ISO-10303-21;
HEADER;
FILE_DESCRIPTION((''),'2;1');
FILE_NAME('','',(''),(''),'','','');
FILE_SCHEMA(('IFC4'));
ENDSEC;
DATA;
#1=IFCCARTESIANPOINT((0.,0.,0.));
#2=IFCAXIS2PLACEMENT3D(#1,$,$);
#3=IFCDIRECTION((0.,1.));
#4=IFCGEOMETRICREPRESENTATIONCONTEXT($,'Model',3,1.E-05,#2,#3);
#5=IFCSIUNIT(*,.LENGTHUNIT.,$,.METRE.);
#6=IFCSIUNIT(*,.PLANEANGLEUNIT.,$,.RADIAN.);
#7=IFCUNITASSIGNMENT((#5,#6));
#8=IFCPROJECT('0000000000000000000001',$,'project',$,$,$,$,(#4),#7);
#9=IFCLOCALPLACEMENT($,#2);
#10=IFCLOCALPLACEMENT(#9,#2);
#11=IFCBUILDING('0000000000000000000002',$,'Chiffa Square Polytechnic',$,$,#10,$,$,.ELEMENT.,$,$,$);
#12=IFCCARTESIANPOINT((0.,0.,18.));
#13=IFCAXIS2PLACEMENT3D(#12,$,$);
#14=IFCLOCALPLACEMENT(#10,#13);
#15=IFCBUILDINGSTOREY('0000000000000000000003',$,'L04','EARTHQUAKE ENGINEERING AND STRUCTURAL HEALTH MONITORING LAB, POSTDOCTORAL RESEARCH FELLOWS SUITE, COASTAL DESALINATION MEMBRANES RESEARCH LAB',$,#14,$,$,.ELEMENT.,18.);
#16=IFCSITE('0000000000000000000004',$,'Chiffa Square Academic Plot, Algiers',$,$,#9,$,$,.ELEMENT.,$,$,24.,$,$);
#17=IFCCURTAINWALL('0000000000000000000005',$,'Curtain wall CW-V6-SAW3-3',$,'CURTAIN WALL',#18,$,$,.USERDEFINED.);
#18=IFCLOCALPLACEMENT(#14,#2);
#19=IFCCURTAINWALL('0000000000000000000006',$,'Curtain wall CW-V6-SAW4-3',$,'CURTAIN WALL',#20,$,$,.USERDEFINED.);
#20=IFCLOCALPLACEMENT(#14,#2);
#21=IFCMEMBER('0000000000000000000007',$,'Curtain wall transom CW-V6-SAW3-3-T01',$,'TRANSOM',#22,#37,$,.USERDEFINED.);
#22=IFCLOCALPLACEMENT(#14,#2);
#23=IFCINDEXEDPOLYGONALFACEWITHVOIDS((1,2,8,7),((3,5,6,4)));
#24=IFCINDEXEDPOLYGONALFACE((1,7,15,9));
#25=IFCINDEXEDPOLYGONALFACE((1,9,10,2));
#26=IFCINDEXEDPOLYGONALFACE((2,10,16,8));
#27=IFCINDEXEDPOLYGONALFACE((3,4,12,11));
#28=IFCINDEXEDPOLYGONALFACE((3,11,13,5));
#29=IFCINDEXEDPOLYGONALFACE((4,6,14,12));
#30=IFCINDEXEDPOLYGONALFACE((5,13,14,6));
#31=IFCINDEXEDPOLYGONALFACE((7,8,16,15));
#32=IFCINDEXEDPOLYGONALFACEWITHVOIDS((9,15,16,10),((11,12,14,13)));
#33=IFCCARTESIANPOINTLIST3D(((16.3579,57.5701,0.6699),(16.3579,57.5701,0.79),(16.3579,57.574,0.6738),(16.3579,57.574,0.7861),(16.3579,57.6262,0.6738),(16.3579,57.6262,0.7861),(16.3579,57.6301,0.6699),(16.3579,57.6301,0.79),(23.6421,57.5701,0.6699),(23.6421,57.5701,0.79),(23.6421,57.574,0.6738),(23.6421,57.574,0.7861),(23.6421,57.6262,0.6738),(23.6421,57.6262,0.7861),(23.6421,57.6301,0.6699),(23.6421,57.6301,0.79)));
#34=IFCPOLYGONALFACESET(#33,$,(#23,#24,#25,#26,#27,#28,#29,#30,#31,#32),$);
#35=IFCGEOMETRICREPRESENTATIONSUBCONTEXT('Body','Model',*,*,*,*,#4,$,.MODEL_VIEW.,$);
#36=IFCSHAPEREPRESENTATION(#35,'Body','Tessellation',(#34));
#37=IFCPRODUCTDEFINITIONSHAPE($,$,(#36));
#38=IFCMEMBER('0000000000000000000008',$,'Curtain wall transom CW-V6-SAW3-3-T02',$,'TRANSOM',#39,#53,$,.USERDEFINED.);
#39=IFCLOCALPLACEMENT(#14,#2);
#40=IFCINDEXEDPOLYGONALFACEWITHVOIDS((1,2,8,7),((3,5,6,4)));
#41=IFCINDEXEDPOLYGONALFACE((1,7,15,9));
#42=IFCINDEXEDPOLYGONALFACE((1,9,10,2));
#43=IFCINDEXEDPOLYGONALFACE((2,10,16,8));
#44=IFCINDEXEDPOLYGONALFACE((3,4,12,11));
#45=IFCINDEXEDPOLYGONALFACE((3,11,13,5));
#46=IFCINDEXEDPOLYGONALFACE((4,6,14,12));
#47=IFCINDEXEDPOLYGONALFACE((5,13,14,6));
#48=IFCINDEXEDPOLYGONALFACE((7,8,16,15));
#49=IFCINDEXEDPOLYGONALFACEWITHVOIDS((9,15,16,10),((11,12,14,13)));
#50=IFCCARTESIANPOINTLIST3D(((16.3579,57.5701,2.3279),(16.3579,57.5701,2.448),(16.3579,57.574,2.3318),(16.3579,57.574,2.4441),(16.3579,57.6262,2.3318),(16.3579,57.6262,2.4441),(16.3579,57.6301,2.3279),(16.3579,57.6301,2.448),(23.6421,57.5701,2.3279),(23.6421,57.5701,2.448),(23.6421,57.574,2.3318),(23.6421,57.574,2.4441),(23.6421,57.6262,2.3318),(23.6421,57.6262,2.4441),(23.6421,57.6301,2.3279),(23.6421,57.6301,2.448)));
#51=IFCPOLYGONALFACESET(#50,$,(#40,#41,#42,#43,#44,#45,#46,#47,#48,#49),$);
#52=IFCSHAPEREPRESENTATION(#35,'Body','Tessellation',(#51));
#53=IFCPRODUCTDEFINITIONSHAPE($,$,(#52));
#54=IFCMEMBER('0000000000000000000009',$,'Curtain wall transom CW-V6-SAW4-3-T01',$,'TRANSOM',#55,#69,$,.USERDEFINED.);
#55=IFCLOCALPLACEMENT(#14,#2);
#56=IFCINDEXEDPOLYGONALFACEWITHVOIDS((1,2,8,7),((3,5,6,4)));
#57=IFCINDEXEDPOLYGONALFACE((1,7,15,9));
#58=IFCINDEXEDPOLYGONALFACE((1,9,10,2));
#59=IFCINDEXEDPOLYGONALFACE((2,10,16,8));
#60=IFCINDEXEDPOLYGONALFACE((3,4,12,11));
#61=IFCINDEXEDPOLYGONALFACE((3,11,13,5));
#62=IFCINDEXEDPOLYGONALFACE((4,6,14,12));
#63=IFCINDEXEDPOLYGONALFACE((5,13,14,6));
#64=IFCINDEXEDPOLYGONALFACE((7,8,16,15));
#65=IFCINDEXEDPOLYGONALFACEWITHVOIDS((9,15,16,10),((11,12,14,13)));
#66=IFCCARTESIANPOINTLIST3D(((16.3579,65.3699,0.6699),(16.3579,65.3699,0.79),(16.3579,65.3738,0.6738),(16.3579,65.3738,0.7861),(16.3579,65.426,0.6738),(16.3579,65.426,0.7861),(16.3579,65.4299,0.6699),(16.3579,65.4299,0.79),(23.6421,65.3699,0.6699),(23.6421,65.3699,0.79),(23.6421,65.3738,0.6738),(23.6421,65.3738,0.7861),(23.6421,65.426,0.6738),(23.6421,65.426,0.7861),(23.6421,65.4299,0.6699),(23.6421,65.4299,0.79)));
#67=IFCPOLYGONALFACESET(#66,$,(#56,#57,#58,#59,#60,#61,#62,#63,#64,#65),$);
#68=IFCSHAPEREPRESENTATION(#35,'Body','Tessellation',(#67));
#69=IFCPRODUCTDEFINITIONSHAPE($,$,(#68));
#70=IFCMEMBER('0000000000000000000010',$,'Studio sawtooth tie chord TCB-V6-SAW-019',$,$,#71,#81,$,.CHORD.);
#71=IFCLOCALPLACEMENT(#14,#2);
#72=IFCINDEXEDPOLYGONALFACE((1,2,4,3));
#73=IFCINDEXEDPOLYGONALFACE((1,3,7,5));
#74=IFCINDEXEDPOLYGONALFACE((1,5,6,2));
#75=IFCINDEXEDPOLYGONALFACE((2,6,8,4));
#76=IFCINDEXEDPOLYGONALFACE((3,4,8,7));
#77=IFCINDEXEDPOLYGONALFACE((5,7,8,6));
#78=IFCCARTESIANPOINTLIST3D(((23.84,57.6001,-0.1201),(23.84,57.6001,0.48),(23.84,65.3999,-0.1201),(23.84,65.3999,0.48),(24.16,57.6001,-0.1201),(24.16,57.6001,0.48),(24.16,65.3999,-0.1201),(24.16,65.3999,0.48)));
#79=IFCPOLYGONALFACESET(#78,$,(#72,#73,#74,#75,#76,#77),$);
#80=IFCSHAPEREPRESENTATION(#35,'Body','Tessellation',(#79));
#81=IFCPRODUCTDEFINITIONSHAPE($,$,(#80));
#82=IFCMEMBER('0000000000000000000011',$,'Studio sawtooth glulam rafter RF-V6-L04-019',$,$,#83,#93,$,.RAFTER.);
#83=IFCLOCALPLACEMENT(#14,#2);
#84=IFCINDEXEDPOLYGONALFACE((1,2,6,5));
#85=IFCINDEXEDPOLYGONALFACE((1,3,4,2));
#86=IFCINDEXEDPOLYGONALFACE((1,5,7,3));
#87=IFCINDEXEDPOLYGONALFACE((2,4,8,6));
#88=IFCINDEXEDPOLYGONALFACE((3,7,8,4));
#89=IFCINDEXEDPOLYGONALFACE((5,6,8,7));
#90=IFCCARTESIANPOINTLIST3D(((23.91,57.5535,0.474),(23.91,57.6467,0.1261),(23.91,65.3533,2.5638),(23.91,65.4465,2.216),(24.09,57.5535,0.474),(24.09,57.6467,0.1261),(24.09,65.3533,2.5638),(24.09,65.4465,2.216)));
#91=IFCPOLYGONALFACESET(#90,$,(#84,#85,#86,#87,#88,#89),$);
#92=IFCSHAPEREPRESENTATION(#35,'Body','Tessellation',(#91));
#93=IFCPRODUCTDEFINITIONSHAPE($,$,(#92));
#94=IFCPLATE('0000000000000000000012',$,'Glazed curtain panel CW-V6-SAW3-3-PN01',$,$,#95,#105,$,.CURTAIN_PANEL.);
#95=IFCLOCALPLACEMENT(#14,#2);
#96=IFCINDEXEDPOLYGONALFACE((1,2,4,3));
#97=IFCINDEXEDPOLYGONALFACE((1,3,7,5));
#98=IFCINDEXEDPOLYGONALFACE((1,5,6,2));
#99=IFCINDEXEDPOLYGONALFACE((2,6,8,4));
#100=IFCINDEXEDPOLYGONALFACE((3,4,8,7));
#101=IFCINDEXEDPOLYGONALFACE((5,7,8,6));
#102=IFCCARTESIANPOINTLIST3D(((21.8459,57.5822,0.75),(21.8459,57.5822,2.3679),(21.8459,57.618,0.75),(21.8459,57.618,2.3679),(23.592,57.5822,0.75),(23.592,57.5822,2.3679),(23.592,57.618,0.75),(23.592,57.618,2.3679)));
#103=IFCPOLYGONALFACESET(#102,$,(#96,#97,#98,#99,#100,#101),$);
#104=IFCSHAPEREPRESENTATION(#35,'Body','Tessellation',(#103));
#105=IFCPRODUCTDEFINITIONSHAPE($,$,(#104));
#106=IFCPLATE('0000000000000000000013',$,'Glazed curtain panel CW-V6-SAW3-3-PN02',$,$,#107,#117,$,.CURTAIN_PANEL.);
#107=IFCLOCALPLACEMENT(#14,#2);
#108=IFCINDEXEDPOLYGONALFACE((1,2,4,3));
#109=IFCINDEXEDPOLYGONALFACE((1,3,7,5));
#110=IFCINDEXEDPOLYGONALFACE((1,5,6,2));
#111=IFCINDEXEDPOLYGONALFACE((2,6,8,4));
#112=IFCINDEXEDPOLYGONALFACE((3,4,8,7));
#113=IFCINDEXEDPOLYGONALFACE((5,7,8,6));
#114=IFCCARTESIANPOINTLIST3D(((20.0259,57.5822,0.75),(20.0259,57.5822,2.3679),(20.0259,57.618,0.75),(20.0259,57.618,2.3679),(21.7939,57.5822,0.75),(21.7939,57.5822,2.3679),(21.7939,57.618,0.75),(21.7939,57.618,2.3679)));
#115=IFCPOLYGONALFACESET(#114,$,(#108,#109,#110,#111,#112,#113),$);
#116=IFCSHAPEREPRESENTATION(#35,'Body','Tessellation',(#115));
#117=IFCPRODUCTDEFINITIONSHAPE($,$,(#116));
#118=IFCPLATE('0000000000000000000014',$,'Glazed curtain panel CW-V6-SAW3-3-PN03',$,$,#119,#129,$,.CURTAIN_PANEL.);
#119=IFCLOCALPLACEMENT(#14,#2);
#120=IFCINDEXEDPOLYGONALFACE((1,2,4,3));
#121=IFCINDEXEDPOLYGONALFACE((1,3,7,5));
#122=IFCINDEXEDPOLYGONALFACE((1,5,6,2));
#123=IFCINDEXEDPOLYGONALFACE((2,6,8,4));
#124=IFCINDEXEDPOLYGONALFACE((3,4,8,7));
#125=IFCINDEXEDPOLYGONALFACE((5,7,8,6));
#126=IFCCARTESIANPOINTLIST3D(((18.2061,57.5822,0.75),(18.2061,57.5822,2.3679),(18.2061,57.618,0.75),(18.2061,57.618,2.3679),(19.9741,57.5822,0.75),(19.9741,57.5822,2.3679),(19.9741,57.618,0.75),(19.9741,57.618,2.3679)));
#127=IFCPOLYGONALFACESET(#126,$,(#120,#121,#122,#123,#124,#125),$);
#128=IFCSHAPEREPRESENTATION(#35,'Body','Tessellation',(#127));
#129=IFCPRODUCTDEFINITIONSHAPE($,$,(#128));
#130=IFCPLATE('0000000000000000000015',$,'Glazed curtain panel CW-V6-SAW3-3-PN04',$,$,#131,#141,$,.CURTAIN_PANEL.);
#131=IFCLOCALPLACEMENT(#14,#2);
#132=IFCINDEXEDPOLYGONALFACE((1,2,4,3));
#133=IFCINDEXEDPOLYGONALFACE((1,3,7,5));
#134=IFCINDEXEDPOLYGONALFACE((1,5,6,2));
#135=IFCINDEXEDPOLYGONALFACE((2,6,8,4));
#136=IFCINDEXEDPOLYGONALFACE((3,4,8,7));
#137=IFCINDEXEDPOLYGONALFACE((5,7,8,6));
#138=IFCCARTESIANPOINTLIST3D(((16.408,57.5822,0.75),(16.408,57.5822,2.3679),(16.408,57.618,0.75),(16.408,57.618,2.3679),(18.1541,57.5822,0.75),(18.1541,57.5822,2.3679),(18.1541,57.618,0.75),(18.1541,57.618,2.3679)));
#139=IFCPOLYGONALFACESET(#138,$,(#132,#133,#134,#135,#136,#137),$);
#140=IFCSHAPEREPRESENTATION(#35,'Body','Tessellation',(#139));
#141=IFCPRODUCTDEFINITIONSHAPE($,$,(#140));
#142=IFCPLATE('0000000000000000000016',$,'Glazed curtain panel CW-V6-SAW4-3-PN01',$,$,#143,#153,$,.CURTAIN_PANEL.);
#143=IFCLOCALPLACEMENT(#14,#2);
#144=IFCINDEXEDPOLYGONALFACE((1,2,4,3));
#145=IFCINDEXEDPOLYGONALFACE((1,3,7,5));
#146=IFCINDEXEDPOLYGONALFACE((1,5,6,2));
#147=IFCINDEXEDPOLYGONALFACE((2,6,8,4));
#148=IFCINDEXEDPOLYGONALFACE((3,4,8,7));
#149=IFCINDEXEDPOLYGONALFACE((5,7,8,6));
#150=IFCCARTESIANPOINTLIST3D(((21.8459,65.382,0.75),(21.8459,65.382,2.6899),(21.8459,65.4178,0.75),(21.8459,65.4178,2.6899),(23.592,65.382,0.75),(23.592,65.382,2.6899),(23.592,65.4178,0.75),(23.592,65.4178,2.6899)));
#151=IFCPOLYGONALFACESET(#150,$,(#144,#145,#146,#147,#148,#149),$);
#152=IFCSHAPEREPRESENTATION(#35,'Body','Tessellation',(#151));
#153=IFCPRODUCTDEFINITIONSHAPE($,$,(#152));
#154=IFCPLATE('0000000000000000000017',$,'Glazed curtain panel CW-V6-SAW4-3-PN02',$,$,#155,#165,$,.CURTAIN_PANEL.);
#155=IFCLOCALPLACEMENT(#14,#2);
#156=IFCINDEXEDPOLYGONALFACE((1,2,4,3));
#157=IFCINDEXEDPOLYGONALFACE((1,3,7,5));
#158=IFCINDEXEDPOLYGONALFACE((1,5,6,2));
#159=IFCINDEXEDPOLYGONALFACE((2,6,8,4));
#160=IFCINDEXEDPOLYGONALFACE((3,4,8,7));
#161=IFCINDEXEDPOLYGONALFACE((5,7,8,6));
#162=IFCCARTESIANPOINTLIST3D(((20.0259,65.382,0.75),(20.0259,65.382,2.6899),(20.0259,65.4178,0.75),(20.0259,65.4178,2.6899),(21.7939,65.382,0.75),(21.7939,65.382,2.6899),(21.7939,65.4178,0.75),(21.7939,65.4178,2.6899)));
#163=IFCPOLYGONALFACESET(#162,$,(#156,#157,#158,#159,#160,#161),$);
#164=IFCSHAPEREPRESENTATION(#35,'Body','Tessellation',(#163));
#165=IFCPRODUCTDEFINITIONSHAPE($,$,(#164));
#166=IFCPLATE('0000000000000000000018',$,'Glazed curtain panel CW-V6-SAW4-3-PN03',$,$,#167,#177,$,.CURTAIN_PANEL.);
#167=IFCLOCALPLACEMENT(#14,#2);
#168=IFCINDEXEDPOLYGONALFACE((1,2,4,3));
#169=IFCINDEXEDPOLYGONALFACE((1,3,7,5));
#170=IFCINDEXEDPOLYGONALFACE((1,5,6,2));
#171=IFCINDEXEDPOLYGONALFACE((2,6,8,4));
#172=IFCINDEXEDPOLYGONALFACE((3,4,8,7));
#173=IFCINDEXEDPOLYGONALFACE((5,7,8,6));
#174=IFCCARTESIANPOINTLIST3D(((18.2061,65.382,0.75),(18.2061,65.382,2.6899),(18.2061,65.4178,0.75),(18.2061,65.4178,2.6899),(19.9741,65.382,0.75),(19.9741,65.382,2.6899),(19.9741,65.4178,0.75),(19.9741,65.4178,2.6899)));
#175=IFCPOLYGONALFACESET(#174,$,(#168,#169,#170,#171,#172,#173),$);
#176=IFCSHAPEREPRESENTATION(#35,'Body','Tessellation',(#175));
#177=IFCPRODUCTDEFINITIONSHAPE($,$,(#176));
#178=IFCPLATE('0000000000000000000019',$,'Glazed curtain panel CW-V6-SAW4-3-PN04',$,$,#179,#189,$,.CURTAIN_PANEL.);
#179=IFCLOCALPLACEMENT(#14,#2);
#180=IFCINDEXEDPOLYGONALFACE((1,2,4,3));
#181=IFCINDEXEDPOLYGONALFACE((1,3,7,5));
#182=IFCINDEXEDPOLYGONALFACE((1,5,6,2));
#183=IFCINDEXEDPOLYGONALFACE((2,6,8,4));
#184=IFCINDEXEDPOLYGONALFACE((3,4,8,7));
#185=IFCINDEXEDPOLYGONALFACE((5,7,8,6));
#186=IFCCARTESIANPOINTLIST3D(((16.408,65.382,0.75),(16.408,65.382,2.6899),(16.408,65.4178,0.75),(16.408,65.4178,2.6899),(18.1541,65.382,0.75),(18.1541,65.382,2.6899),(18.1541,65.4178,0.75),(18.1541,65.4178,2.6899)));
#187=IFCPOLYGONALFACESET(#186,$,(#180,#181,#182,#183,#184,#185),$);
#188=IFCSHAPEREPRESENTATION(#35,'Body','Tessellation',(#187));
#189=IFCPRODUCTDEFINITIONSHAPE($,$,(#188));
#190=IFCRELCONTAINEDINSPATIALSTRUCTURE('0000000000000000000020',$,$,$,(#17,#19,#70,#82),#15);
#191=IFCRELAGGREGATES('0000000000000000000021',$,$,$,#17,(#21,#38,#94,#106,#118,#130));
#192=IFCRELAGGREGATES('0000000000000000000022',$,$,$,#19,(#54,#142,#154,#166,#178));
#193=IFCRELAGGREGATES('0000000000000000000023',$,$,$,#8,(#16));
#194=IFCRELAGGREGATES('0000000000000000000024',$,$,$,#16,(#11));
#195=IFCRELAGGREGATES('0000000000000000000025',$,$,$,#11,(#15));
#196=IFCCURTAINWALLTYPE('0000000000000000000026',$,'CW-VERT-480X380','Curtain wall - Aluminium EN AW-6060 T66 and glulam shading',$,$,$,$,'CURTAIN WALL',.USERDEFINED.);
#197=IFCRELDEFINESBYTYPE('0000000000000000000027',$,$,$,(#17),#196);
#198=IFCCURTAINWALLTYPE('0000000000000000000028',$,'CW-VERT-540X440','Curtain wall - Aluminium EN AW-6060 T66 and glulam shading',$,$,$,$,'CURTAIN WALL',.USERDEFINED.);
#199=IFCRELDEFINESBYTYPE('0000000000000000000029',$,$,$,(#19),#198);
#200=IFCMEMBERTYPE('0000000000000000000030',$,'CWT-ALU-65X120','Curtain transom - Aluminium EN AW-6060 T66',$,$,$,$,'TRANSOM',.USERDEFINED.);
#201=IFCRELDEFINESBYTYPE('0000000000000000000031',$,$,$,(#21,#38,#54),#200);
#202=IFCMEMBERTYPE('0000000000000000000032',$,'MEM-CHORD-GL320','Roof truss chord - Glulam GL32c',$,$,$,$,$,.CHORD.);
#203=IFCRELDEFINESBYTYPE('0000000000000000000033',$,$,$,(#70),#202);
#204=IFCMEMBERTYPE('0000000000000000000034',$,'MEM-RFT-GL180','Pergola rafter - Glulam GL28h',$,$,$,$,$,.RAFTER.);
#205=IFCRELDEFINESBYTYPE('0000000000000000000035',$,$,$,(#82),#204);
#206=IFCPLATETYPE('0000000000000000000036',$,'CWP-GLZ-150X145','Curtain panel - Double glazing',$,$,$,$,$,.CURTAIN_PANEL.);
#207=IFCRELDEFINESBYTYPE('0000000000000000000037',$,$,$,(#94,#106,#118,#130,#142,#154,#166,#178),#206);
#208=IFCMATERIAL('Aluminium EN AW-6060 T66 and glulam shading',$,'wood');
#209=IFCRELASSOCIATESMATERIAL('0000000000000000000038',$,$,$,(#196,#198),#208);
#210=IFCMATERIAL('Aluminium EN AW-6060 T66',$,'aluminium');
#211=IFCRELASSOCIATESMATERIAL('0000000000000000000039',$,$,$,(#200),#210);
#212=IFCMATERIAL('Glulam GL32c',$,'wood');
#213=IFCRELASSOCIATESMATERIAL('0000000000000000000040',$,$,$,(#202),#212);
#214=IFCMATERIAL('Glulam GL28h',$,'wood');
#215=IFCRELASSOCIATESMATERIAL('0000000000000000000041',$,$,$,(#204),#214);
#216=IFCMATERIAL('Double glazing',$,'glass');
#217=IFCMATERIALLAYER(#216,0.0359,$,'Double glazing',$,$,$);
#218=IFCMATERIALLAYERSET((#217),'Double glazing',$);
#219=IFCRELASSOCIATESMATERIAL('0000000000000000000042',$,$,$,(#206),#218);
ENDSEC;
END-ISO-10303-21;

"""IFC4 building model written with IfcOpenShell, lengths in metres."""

from ifc_helpers import new_model, si_unit, direction, frame, origin, origin_2d, place, context, subcontext, project, spatial, rectangle, hollow_rectangle, extrude, material, layer, layer_set, material_profile, profile_set, type_object, element, aggregate, save


model = new_model("IFC4")

# Units and contexts
model_context = context("Model", 3, precision=1e-05, world=origin(), true_north=direction((0.0, 1.0)))
body_context = subcontext(model_context, "Body", "Model", "MODEL_VIEW")
ifc_project = project(units=[si_unit("LENGTHUNIT", "METRE"), si_unit("PLANEANGLEUNIT", "RADIAN")], contexts=[model_context])

# Site, building, storey
site_placement = place(None, origin())
site = spatial("IfcSite", under=ifc_project, at=site_placement, Name="Chiffa Square Academic Plot, Algiers", CompositionType="ELEMENT", RefElevation=24.0)
building_placement = place(site_placement, origin())
building = spatial("IfcBuilding", under=site, at=building_placement, Name="Chiffa Square Polytechnic", CompositionType="ELEMENT")
storey_placement = place(building_placement, frame((0.0, 0.0, 18.0)))
storey = spatial("IfcBuildingStorey", under=building, at=storey_placement, Name="L04", Description="EARTHQUAKE ENGINEERING AND STRUCTURAL HEALTH MONITORING LAB, POSTDOCTORAL RESEARCH FELLOWS SUITE, COASTAL DESALINATION MEMBRANES RESEARCH LAB", CompositionType="ELEMENT", Elevation=18.0)

# Shared definitions
ifc_material_1 = material(Name="Glulam GL32c", Category="wood")

# Curtain walls
ifc_material_2 = material(Name="Aluminium EN AW-6060 T66 and glulam shading", Category="wood")
curtain_wall_type_1 = type_object("IfcCurtainWallType", Name="CW-VERT-480X380", Description="Curtain wall - Aluminium EN AW-6060 T66 and glulam shading", ElementType="CURTAIN WALL", PredefinedType="USERDEFINED", material=ifc_material_2)
curtain_wall_1_placement = place(storey_placement, origin())
curtain_wall_1 = element("IfcCurtainWall", 1, at=curtain_wall_1_placement, inside=storey, type_object=curtain_wall_type_1, Name="Curtain wall CW-V6-SAW3-3", ObjectType="CURTAIN WALL", PredefinedType="USERDEFINED")
ifc_material_3 = material(Name="Aluminium EN AW-6060 T66", Category="aluminium")
curtain_wall_type_2 = type_object("IfcCurtainWallType", Name="CW-VERT-540X440", Description="Curtain wall - Aluminium EN AW-6060 T66 and glulam shading", ElementType="CURTAIN WALL", PredefinedType="USERDEFINED", material=ifc_material_2)
curtain_wall_2_placement = place(storey_placement, origin())
curtain_wall_2 = element("IfcCurtainWall", 2, at=curtain_wall_2_placement, inside=storey, type_object=curtain_wall_type_2, Name="Curtain wall CW-V6-SAW4-3", ObjectType="CURTAIN WALL", PredefinedType="USERDEFINED")

# Members
ifc_material_profile_1 = material_profile(ifc_material_3, hollow_rectangle(XDim=0.0601, YDim=0.1201, WallThickness=0.0039, at=origin_2d()), Name="ALU 60x120x4")
ifc_profile_set_1 = profile_set([ifc_material_profile_1], Name="Aluminium EN AW-6060 T66")
member_type_1 = type_object("IfcMemberType", Name="CWT-ALU-65X120", Description="Curtain transom - Aluminium EN AW-6060 T66", ElementType="TRANSOM", PredefinedType="USERDEFINED", material=ifc_profile_set_1)
member_1_placement = place(storey_placement, frame((23.6421, 57.6001, 0.73), z_axis=(-1.0, 0.0, 0.0), x_axis=(0.0, -1.0, 0.0)))
member_1 = element("IfcMember", 3, at=member_1_placement, type_object=member_type_1, Name="Curtain wall transom CW-V6-SAW3-3-T01", ObjectType="TRANSOM", PredefinedType="USERDEFINED", context=body_context, shape_type="SweptSolid", body=[
    extrude(hollow_rectangle(XDim=0.0601, YDim=0.1201, WallThickness=0.0039, at=origin_2d()), origin(), (0.0, 0.0, 1.0), 7.2842),
])
member_2_placement = place(storey_placement, frame((23.6421, 57.6001, 2.3879), z_axis=(-1.0, 0.0, 0.0), x_axis=(0.0, -1.0, 0.0)))
member_2 = element("IfcMember", 4, at=member_2_placement, type_object=member_type_1, Name="Curtain wall transom CW-V6-SAW3-3-T02", ObjectType="TRANSOM", PredefinedType="USERDEFINED", context=body_context, shape_type="SweptSolid", body=[
    extrude(hollow_rectangle(XDim=0.0601, YDim=0.1201, WallThickness=0.0039, at=origin_2d()), origin(), (0.0, 0.0, 1.0), 7.2842),
])
member_3_placement = place(storey_placement, frame((23.6421, 65.3999, 0.73), z_axis=(-1.0, 0.0, 0.0), x_axis=(0.0, -1.0, 0.0)))
member_3 = element("IfcMember", 5, at=member_3_placement, type_object=member_type_1, Name="Curtain wall transom CW-V6-SAW4-3-T01", ObjectType="TRANSOM", PredefinedType="USERDEFINED", context=body_context, shape_type="SweptSolid", body=[
    extrude(hollow_rectangle(XDim=0.0601, YDim=0.1201, WallThickness=0.0039, at=origin_2d()), origin(), (0.0, 0.0, 1.0), 7.2842),
])

# Members
ifc_material_profile_2 = material_profile(ifc_material_1, rectangle(XDim=0.3201, YDim=0.6001, at=origin_2d()), Name="GL32c 320x600")
ifc_profile_set_2 = profile_set([ifc_material_profile_2], Name="Glulam GL32c")
member_type_2 = type_object("IfcMemberType", Name="MEM-CHORD-GL320", Description="Roof truss chord - Glulam GL32c", PredefinedType="CHORD", material=ifc_profile_set_2)
member_4_placement = place(storey_placement, frame((24.0, 57.6001, 0.1799), z_axis=(0.0, 1.0, 0.0), x_axis=(-1.0, 0.0, 0.0)))
element("IfcMember", 6, at=member_4_placement, inside=storey, type_object=member_type_2, Name="Studio sawtooth tie chord TCB-V6-SAW-019", PredefinedType="CHORD", context=body_context, shape_type="SweptSolid", body=[
    extrude(rectangle(XDim=0.3201, YDim=0.6001, at=origin_2d()), origin(), (0.0, 0.0, 1.0), 7.7998),
])
ifc_material_4 = material(Name="Glulam GL28h", Category="wood")
ifc_material_profile_3 = material_profile(ifc_material_4, rectangle(XDim=0.1799, YDim=0.3601, at=origin_2d()), Name="GL28h 180x360")
ifc_profile_set_3 = profile_set([ifc_material_profile_3], Name="Glulam GL28h")
member_type_3 = type_object("IfcMemberType", Name="MEM-RFT-GL180", Description="Pergola rafter - Glulam GL28h", PredefinedType="RAFTER", material=ifc_profile_set_3)
member_5_placement = place(storey_placement, frame((24.0, 57.6001, 0.3), z_axis=(0.0, 0.965929, 0.258807), x_axis=(-1.0, 0.0, 0.0)))
element("IfcMember", 7, at=member_5_placement, inside=storey, type_object=member_type_3, Name="Studio sawtooth glulam rafter RF-V6-L04-019", PredefinedType="RAFTER", context=body_context, shape_type="SweptSolid", body=[
    extrude(rectangle(XDim=0.1799, YDim=0.3601, at=origin_2d()), origin(), (0.0, 0.0, 1.0), 8.075),
])

# Plates
ifc_material_5 = material(Name="Double glazing", Category="glass")
ifc_layer_1 = layer(ifc_material_5, 0.0359, Name="Double glazing")
ifc_layer_set_1 = layer_set([ifc_layer_1], Name="Double glazing")
plate_type = type_object("IfcPlateType", Name="CWP-GLZ-150X145", Description="Curtain panel - Double glazing", PredefinedType="CURTAIN_PANEL", material=ifc_layer_set_1)
plate_1_placement = place(storey_placement, frame((22.719, 57.6001, 0.75), z_axis=(0.0, 0.0, 1.0), x_axis=(-1.0, 0.0, 0.0)))
plate_1 = element("IfcPlate", 8, at=plate_1_placement, type_object=plate_type, Name="Glazed curtain panel CW-V6-SAW3-3-PN01", PredefinedType="CURTAIN_PANEL", context=body_context, shape_type="SweptSolid", body=[
    extrude(rectangle(XDim=1.7461, YDim=0.0359, at=origin_2d()), origin(), (0.0, 0.0, 1.0), 1.6179),
])
plate_2_placement = place(storey_placement, frame((20.9099, 57.6001, 0.75), z_axis=(0.0, 0.0, 1.0), x_axis=(-1.0, 0.0, 0.0)))
plate_2 = element("IfcPlate", 9, at=plate_2_placement, type_object=plate_type, Name="Glazed curtain panel CW-V6-SAW3-3-PN02", PredefinedType="CURTAIN_PANEL", context=body_context, shape_type="SweptSolid", body=[
    extrude(rectangle(XDim=1.7681, YDim=0.0359, at=origin_2d()), origin(), (0.0, 0.0, 1.0), 1.6179),
])
plate_3_placement = place(storey_placement, frame((19.0901, 57.6001, 0.75), z_axis=(0.0, 0.0, 1.0), x_axis=(-1.0, 0.0, 0.0)))
plate_3 = element("IfcPlate", 10, at=plate_3_placement, type_object=plate_type, Name="Glazed curtain panel CW-V6-SAW3-3-PN03", PredefinedType="CURTAIN_PANEL", context=body_context, shape_type="SweptSolid", body=[
    extrude(rectangle(XDim=1.7681, YDim=0.0359, at=origin_2d()), origin(), (0.0, 0.0, 1.0), 1.6179),
])
plate_4_placement = place(storey_placement, frame((17.281, 57.6001, 0.75), z_axis=(0.0, 0.0, 1.0), x_axis=(-1.0, 0.0, 0.0)))
plate_4 = element("IfcPlate", 11, at=plate_4_placement, type_object=plate_type, Name="Glazed curtain panel CW-V6-SAW3-3-PN04", PredefinedType="CURTAIN_PANEL", context=body_context, shape_type="SweptSolid", body=[
    extrude(rectangle(XDim=1.7461, YDim=0.0359, at=origin_2d()), origin(), (0.0, 0.0, 1.0), 1.6179),
])
aggregate(curtain_wall_1, [member_1, member_2, plate_1, plate_2, plate_3, plate_4])
plate_5_placement = place(storey_placement, frame((22.719, 65.3999, 0.75), z_axis=(0.0, 0.0, 1.0), x_axis=(-1.0, 0.0, 0.0)))
plate_5 = element("IfcPlate", 12, at=plate_5_placement, type_object=plate_type, Name="Glazed curtain panel CW-V6-SAW4-3-PN01", PredefinedType="CURTAIN_PANEL", context=body_context, shape_type="SweptSolid", body=[
    extrude(rectangle(XDim=1.7461, YDim=0.0359, at=origin_2d()), origin(), (0.0, 0.0, 1.0), 1.9399),
])
plate_6_placement = place(storey_placement, frame((20.9099, 65.3999, 0.75), z_axis=(0.0, 0.0, 1.0), x_axis=(-1.0, 0.0, 0.0)))
plate_6 = element("IfcPlate", 13, at=plate_6_placement, type_object=plate_type, Name="Glazed curtain panel CW-V6-SAW4-3-PN02", PredefinedType="CURTAIN_PANEL", context=body_context, shape_type="SweptSolid", body=[
    extrude(rectangle(XDim=1.7681, YDim=0.0359, at=origin_2d()), origin(), (0.0, 0.0, 1.0), 1.9399),
])
plate_7_placement = place(storey_placement, frame((19.0901, 65.3999, 0.75), z_axis=(0.0, 0.0, 1.0), x_axis=(-1.0, 0.0, 0.0)))
plate_7 = element("IfcPlate", 14, at=plate_7_placement, type_object=plate_type, Name="Glazed curtain panel CW-V6-SAW4-3-PN03", PredefinedType="CURTAIN_PANEL", context=body_context, shape_type="SweptSolid", body=[
    extrude(rectangle(XDim=1.7681, YDim=0.0359, at=origin_2d()), origin(), (0.0, 0.0, 1.0), 1.9399),
])
plate_8_placement = place(storey_placement, frame((17.281, 65.3999, 0.75), z_axis=(0.0, 0.0, 1.0), x_axis=(-1.0, 0.0, 0.0)))
plate_8 = element("IfcPlate", 15, at=plate_8_placement, type_object=plate_type, Name="Glazed curtain panel CW-V6-SAW4-3-PN04", PredefinedType="CURTAIN_PANEL", context=body_context, shape_type="SweptSolid", body=[
    extrude(rectangle(XDim=1.7461, YDim=0.0359, at=origin_2d()), origin(), (0.0, 0.0, 1.0), 1.9399),
])
aggregate(curtain_wall_2, [member_3, plate_5, plate_6, plate_7, plate_8])

save(model, "model.ifc")
